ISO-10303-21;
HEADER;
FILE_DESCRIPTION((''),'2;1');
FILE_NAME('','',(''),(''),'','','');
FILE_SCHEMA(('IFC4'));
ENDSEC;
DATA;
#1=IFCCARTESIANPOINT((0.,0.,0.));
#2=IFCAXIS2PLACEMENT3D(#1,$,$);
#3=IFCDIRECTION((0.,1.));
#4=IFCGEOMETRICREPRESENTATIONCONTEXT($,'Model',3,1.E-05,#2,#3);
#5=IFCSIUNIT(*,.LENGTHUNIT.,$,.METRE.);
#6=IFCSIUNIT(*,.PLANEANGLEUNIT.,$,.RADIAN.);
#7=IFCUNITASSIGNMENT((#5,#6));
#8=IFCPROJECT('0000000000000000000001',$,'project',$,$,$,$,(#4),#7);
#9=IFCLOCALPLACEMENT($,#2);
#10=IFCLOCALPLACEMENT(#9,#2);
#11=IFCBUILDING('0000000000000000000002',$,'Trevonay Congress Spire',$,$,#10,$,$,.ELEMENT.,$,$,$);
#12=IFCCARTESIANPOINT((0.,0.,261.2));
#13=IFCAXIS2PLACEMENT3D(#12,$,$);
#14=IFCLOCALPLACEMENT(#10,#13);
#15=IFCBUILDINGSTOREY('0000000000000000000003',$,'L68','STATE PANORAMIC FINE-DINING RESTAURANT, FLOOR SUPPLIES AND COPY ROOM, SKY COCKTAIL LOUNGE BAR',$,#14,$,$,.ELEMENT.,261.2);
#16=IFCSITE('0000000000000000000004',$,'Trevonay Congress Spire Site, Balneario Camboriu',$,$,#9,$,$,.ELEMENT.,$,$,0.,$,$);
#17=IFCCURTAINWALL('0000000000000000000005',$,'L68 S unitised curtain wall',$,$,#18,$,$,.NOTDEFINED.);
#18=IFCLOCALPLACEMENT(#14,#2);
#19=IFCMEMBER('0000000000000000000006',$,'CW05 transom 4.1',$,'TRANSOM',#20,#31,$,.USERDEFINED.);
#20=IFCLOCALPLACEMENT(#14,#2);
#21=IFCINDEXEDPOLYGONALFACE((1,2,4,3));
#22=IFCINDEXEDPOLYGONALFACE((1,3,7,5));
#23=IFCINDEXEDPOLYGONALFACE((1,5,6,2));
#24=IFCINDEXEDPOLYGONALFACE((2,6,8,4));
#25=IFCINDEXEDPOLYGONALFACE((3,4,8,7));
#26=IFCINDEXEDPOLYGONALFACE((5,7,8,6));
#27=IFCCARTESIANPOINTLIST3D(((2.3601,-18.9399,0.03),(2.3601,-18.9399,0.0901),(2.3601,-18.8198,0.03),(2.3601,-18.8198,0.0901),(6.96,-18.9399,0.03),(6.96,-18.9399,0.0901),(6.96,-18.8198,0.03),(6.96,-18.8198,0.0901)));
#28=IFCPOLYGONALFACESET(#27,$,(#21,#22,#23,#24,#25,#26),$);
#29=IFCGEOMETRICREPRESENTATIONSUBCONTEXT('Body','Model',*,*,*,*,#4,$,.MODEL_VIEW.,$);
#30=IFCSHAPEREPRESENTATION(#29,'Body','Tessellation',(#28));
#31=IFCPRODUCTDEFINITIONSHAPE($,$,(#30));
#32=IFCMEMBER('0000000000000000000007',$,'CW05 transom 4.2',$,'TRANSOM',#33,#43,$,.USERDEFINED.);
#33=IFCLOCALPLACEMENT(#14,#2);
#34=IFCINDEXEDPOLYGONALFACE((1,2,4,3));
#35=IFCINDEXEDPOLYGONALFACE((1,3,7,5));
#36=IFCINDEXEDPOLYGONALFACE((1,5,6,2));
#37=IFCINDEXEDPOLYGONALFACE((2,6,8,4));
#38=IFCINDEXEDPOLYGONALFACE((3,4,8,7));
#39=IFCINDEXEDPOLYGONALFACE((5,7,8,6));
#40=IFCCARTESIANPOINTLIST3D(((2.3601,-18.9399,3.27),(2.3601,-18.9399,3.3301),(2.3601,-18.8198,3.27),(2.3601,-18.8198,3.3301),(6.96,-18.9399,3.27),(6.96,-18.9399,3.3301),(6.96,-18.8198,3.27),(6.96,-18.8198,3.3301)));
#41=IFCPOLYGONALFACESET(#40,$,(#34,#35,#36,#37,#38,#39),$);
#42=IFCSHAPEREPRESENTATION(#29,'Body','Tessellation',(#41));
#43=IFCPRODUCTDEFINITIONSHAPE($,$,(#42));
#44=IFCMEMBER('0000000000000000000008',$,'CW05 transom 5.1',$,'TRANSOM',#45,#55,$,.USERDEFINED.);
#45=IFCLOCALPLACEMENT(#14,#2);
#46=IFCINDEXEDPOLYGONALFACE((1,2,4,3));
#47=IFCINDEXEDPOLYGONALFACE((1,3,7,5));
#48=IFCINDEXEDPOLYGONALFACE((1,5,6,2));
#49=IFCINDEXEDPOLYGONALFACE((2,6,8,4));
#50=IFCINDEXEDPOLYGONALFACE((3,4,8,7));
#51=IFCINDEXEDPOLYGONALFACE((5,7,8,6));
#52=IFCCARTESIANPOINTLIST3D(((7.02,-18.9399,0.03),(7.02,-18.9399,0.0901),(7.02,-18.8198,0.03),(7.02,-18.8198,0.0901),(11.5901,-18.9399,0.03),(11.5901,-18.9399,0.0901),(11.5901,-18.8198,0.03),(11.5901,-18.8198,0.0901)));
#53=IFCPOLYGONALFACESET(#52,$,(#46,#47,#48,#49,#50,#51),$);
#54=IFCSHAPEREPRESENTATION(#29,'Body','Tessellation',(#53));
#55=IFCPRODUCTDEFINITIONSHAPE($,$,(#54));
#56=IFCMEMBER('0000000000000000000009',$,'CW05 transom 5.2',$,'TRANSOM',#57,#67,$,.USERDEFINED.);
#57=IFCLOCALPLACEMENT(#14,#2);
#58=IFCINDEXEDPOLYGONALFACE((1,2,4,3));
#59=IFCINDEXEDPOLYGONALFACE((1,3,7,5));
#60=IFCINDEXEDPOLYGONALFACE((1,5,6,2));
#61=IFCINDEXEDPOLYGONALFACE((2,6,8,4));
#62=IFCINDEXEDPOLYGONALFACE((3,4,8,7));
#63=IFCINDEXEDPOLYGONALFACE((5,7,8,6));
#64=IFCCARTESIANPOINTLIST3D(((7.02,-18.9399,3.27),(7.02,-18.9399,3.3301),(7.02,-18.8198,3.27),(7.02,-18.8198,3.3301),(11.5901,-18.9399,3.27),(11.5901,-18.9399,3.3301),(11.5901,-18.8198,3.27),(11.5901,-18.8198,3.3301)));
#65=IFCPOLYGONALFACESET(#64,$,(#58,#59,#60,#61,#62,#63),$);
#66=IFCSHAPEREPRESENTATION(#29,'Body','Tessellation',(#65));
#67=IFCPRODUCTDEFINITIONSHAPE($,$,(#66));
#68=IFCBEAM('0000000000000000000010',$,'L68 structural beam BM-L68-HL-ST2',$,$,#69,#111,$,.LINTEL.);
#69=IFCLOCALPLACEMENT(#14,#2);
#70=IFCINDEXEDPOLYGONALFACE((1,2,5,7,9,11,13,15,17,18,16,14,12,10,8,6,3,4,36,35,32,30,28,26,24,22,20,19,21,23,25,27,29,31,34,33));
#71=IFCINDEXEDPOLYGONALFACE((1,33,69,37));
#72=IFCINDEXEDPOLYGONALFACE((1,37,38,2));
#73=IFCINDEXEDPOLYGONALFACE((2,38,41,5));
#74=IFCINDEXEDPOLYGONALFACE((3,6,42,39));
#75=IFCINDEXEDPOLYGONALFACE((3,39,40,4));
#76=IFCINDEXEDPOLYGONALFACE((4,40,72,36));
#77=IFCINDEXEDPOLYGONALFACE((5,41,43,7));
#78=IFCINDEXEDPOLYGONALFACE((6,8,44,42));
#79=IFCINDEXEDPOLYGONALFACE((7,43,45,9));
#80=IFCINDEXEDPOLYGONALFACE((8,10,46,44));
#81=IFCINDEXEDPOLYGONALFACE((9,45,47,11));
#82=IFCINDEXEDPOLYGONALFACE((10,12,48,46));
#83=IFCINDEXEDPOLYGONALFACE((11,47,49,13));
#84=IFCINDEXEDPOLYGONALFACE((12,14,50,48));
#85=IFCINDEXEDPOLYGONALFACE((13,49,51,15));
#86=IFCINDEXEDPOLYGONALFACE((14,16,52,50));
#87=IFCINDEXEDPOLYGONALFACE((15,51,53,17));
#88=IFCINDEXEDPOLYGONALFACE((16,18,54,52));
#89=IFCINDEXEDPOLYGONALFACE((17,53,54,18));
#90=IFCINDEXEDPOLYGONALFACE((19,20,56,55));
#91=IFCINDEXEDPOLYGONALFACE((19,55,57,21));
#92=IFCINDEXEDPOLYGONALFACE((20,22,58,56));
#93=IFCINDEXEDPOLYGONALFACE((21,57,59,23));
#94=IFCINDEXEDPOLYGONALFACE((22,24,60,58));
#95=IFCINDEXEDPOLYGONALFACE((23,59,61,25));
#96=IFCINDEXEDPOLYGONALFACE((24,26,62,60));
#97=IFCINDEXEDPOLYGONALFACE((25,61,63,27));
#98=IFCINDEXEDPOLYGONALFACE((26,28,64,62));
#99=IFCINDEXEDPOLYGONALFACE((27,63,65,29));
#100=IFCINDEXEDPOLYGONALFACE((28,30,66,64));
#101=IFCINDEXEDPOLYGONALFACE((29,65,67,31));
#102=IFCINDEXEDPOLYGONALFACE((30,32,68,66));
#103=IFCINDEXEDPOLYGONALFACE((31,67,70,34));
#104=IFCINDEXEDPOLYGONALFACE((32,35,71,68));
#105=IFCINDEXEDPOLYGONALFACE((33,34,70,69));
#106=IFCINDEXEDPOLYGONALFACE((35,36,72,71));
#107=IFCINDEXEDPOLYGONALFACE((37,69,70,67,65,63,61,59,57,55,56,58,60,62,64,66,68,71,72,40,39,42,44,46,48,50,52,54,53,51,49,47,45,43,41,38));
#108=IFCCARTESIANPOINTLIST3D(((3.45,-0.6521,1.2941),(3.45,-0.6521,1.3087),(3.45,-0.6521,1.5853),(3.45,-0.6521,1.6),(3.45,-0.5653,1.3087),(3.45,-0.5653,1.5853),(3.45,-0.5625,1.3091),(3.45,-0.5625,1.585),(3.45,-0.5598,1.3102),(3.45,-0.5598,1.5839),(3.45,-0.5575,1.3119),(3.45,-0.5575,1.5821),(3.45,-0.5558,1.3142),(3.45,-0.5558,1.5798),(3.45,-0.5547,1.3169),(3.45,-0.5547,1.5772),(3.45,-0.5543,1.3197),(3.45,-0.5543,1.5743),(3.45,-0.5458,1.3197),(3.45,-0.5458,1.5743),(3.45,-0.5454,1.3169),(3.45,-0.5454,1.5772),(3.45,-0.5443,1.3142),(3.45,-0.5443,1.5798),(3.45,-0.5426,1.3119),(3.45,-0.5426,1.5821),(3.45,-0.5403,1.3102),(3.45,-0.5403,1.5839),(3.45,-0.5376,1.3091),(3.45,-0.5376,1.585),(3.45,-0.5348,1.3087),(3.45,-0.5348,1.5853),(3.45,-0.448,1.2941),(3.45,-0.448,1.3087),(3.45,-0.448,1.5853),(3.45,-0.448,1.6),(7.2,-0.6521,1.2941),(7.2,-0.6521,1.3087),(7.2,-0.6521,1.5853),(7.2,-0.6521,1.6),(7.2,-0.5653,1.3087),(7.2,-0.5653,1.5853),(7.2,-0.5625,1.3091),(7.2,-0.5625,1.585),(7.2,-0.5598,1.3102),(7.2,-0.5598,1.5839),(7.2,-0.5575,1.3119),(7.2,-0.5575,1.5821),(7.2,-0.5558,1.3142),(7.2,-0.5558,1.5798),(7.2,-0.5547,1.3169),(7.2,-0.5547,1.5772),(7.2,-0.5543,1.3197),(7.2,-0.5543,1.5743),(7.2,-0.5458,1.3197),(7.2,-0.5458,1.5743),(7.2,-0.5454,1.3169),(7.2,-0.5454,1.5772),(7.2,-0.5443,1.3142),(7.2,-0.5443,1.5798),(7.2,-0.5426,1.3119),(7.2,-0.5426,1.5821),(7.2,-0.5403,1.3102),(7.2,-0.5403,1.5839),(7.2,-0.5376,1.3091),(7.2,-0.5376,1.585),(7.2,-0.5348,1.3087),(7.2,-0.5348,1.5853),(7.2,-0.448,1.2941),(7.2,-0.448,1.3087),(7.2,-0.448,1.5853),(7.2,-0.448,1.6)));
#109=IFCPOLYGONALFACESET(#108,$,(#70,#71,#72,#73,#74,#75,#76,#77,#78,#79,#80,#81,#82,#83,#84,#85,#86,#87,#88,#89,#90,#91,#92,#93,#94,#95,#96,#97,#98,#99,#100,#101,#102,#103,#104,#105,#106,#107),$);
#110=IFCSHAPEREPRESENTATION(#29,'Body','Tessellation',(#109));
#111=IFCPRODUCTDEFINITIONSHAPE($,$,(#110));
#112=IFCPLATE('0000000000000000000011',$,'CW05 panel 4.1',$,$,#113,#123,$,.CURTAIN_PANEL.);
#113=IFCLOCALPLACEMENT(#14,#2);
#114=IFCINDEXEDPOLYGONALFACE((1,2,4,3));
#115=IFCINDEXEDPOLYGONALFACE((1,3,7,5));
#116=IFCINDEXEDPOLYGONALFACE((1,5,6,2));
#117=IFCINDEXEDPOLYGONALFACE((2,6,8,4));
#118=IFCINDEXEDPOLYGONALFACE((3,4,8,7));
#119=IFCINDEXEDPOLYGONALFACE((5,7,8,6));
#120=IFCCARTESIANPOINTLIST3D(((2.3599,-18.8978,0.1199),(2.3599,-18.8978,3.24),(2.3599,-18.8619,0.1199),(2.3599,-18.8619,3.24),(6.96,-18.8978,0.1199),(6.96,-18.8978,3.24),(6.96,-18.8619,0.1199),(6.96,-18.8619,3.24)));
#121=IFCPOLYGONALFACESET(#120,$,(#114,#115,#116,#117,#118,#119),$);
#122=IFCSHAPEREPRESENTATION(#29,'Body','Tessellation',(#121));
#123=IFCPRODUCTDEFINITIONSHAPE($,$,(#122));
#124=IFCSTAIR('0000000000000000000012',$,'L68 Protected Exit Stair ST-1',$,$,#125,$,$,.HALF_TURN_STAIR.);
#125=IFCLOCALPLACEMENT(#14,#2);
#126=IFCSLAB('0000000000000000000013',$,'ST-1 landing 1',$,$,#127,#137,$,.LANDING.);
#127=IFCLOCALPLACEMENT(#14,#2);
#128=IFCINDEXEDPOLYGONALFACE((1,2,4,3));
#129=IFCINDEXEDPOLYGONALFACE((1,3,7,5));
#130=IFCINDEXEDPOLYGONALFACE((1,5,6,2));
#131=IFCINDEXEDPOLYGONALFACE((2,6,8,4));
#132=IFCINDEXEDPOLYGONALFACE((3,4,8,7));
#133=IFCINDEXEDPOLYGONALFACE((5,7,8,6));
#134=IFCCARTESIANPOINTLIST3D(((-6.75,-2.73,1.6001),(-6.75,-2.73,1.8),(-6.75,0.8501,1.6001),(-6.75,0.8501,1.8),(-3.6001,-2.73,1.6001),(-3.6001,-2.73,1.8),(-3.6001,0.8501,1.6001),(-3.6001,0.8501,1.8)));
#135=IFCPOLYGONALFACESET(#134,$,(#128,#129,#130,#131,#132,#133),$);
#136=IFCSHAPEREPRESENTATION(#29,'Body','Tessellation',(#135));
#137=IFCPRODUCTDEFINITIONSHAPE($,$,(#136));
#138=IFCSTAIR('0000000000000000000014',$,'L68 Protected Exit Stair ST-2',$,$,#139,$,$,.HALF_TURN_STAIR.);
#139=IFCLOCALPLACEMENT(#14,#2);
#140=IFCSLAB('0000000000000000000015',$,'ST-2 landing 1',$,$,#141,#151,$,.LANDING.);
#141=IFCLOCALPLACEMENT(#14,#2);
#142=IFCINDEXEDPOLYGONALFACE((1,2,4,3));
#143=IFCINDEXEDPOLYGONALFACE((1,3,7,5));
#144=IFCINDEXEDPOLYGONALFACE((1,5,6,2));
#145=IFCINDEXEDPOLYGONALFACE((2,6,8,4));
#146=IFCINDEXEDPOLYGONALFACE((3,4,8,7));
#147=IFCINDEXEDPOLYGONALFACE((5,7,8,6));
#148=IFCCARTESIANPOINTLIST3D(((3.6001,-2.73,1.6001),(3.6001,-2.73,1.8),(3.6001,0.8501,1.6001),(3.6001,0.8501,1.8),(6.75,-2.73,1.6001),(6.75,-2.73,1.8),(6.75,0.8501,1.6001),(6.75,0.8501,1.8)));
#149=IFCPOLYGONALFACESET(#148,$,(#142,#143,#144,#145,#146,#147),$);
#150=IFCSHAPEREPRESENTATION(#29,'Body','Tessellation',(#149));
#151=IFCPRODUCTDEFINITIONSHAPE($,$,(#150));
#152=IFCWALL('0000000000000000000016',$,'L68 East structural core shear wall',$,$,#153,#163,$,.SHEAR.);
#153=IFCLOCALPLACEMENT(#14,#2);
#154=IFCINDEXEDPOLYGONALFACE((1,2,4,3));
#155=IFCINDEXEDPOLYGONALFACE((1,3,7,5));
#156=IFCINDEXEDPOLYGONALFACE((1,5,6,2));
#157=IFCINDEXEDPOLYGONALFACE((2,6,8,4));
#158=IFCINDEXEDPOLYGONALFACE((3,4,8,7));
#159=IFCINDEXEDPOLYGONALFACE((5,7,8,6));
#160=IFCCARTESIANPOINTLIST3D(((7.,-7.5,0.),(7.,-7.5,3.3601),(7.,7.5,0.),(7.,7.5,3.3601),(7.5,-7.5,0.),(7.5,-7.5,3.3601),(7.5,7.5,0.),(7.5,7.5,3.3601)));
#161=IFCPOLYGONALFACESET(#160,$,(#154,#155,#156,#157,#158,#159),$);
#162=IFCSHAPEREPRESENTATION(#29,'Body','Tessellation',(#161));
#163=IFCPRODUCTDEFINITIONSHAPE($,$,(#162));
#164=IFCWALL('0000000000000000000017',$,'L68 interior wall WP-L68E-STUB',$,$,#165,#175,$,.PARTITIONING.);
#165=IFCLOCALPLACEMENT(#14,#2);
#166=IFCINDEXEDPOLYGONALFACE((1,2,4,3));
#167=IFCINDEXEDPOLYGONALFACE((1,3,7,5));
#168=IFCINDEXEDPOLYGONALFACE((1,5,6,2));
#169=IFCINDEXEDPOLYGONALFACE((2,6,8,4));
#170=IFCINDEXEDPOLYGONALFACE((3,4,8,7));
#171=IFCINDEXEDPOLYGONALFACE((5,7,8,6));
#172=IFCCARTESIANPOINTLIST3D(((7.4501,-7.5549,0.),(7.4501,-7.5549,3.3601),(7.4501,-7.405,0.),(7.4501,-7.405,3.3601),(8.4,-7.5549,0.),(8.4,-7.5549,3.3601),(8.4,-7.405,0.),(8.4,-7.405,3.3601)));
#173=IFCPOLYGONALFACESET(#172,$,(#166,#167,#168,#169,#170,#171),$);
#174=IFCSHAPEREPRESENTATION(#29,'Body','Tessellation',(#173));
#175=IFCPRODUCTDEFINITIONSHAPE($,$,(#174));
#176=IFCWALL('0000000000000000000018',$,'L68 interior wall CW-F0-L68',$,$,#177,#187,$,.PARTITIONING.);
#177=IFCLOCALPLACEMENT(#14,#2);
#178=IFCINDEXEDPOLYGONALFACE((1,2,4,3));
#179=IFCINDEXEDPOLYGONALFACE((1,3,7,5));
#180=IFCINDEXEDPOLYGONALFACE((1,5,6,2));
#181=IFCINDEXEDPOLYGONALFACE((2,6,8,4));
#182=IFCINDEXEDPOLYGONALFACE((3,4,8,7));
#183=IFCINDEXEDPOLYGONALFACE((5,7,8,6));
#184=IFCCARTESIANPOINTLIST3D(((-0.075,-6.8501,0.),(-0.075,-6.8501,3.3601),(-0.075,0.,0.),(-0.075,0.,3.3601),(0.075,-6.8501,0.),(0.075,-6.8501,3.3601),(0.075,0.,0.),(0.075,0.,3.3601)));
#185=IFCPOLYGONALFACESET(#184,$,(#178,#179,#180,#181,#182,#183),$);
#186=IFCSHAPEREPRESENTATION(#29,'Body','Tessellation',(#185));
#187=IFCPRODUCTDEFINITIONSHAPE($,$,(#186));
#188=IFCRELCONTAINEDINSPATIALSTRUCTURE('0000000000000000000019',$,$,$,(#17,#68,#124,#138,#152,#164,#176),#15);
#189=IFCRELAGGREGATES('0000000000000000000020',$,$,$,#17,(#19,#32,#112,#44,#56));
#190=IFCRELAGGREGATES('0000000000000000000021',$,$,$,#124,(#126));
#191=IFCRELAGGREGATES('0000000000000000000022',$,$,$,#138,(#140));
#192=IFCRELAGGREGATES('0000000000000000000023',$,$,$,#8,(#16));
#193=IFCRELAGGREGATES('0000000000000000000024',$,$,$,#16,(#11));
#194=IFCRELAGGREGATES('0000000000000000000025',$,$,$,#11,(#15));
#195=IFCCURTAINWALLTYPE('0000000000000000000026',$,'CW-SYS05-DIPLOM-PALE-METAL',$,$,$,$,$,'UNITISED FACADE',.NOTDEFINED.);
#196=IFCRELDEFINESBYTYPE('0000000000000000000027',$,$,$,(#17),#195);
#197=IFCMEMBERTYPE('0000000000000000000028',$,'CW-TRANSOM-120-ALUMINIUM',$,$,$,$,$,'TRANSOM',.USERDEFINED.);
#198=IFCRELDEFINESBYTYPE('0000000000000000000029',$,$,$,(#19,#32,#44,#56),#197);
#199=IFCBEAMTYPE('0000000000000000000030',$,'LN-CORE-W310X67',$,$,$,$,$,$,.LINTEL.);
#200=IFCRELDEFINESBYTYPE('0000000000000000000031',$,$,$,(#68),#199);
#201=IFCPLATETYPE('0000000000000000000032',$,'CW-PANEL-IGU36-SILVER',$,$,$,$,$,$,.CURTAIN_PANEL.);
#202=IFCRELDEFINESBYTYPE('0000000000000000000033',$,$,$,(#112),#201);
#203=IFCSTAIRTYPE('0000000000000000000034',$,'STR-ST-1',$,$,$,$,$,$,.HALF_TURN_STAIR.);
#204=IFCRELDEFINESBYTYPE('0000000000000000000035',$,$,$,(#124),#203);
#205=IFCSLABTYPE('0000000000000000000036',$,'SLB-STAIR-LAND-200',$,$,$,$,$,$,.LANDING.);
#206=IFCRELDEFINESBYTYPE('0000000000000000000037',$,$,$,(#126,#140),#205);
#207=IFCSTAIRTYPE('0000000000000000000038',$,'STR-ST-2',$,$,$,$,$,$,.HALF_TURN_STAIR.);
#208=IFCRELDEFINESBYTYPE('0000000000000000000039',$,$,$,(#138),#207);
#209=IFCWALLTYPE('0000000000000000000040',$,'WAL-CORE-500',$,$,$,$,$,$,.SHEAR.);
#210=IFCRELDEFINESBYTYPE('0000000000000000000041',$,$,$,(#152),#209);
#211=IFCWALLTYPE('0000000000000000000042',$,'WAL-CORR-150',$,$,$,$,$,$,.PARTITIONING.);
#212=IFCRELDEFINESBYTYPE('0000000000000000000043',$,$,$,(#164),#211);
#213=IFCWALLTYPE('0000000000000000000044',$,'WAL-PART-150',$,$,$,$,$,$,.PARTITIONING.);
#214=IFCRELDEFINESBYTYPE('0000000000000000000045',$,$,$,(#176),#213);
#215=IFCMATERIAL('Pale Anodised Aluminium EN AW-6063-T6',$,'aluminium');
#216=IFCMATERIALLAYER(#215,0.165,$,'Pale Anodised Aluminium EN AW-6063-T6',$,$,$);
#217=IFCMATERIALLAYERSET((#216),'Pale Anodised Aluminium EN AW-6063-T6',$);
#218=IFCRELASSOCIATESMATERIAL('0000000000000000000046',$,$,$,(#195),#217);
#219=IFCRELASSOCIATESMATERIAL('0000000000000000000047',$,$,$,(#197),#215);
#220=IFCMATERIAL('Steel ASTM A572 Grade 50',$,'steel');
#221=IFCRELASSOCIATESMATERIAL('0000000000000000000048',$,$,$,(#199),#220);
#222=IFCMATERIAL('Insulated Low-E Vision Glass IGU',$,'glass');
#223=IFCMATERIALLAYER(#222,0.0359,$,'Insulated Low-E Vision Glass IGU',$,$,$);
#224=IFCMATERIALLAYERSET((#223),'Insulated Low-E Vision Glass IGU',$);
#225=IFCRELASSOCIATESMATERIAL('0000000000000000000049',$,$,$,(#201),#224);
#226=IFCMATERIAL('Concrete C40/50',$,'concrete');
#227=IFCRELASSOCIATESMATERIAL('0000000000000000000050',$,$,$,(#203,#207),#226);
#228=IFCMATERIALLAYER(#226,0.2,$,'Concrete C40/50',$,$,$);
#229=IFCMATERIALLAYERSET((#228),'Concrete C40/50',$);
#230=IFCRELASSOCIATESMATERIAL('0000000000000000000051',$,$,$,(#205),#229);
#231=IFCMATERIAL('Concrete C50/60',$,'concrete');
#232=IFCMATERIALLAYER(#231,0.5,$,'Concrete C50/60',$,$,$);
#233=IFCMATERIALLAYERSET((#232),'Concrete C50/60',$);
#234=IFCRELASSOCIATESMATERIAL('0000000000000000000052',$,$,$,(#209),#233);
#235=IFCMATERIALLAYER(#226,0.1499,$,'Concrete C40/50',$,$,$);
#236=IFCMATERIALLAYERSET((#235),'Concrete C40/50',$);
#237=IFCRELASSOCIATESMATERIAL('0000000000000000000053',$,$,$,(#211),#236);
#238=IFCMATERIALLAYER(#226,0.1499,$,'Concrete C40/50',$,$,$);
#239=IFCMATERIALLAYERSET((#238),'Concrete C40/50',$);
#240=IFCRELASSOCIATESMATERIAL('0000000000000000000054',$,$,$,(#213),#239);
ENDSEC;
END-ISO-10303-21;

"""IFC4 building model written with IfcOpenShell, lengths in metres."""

from ifc_helpers import new_model, si_unit, direction, frame, frame_2d, origin, origin_2d, place, context, subcontext, project, spatial, polyline, rectangle, i_section, outline, extrude, material, layer, layer_set, material_profile, profile_set, type_object, element, aggregate, save


model = new_model("IFC4")

# Units and contexts
model_context = context("Model", 3, precision=1e-05, world=origin(), true_north=direction((0.0, 1.0)))
body_context = subcontext(model_context, "Body", "Model", "MODEL_VIEW")
ifc_project = project(units=[si_unit("LENGTHUNIT", "METRE"), si_unit("PLANEANGLEUNIT", "RADIAN")], contexts=[model_context])

# Site, building, storey
site_placement = place(None, origin())
site = spatial("IfcSite", under=ifc_project, at=site_placement, Name="Trevonay Congress Spire Site, Balneario Camboriu", CompositionType="ELEMENT", RefElevation=0.0)
building_placement = place(site_placement, origin())
building = spatial("IfcBuilding", under=site, at=building_placement, Name="Trevonay Congress Spire", CompositionType="ELEMENT")
storey_placement = place(building_placement, frame((0.0, 0.0, 261.2)))
storey = spatial("IfcBuildingStorey", under=building, at=storey_placement, Name="L68", Description="STATE PANORAMIC FINE-DINING RESTAURANT, FLOOR SUPPLIES AND COPY ROOM, SKY COCKTAIL LOUNGE BAR", CompositionType="ELEMENT", Elevation=261.2)

# Shared definitions
ifc_material_1 = material(Name="Steel ASTM A572 Grade 50", Category="steel")

# Curtain wall, members
ifc_material_2 = material(Name="Pale Anodised Aluminium EN AW-6063-T6", Category="aluminium")
ifc_layer_1 = layer(ifc_material_2, 0.165, Name="Pale Anodised Aluminium EN AW-6063-T6")
ifc_layer_set_1 = layer_set([ifc_layer_1], Name="Pale Anodised Aluminium EN AW-6063-T6")
curtain_wall_type = type_object("IfcCurtainWallType", Name="CW-SYS05-DIPLOM-PALE-METAL", ElementType="UNITISED FACADE", PredefinedType="NOTDEFINED", material=ifc_layer_set_1)
curtain_wall_placement = place(storey_placement, origin())
curtain_wall = element("IfcCurtainWall", 1, at=curtain_wall_placement, inside=storey, type_object=curtain_wall_type, Name="L68 S unitised curtain wall", PredefinedType="NOTDEFINED")
ifc_material_profile_1 = material_profile(ifc_material_2, rectangle(XDim=0.1201, YDim=0.0601, at=origin_2d()), Name="CW-TRANSOM-120-ALUMINIUM")
ifc_profile_set_1 = profile_set([ifc_material_profile_1], Name="Pale Anodised Aluminium EN AW-6063-T6")
member_type_1 = type_object("IfcMemberType", Name="CW-TRANSOM-120-ALUMINIUM", ElementType="TRANSOM", PredefinedType="USERDEFINED", material=ifc_profile_set_1)
member_1_placement = place(storey_placement, frame((2.3601, -18.8799, 0.0601), z_axis=(1.0, 0.0, 0.0), x_axis=(0.0, 1.0, 0.0)))
member_1 = element("IfcMember", 2, at=member_1_placement, type_object=member_type_1, Name="CW05 transom 4.1", ObjectType="TRANSOM", PredefinedType="USERDEFINED", context=body_context, shape_type="SweptSolid", body=[
    extrude(rectangle(XDim=0.1201, YDim=0.0601, at=origin_2d()), origin(), (0.0, 0.0, 1.0), 4.5999),
])
member_2_placement = place(storey_placement, frame((2.3601, -18.8799, 3.3), z_axis=(1.0, 0.0, 0.0), x_axis=(0.0, 1.0, 0.0)))
member_2 = element("IfcMember", 3, at=member_2_placement, type_object=member_type_1, Name="CW05 transom 4.2", ObjectType="TRANSOM", PredefinedType="USERDEFINED", context=body_context, shape_type="SweptSolid", body=[
    extrude(rectangle(XDim=0.1201, YDim=0.0601, at=origin_2d()), origin(), (0.0, 0.0, 1.0), 4.5999),
])
member_3_placement = place(storey_placement, frame((7.02, -18.8799, 0.0601), z_axis=(1.0, 0.0, 0.0), x_axis=(0.0, 1.0, 0.0)))
member_3 = element("IfcMember", 4, at=member_3_placement, type_object=member_type_1, Name="CW05 transom 5.1", ObjectType="TRANSOM", PredefinedType="USERDEFINED", context=body_context, shape_type="SweptSolid", body=[
    extrude(rectangle(XDim=0.1201, YDim=0.0601, at=origin_2d()), origin(), (0.0, 0.0, 1.0), 4.5701),
])
member_4_placement = place(storey_placement, frame((7.02, -18.8799, 3.3), z_axis=(1.0, 0.0, 0.0), x_axis=(0.0, 1.0, 0.0)))
member_4 = element("IfcMember", 5, at=member_4_placement, type_object=member_type_1, Name="CW05 transom 5.2", ObjectType="TRANSOM", PredefinedType="USERDEFINED", context=body_context, shape_type="SweptSolid", body=[
    extrude(rectangle(XDim=0.1201, YDim=0.0601, at=origin_2d()), origin(), (0.0, 0.0, 1.0), 4.5701),
])

# Beam
ifc_material_profile_2 = material_profile(ifc_material_1, i_section(OverallWidth=0.2041, OverallDepth=0.3059, WebThickness=0.0085, FlangeThickness=0.0146, FilletRadius=0.011, at=origin_2d()), Name="W310x67")
ifc_profile_set_2 = profile_set([ifc_material_profile_2], Name="Steel ASTM A572 Grade 50")
beam_type_1 = type_object("IfcBeamType", Name="LN-CORE-W310X67", PredefinedType="LINTEL", material=ifc_profile_set_2)
beam_1_placement = place(storey_placement, frame((3.45, -0.55, 1.447), z_axis=(1.0, 0.0, 0.0), x_axis=(0.0, 1.0, 0.0)))
element("IfcBeam", 6, at=beam_1_placement, inside=storey, type_object=beam_type_1, Name="L68 structural beam BM-L68-HL-ST2", PredefinedType="LINTEL", context=body_context, shape_type="SweptSolid", body=[
    extrude(i_section(OverallWidth=0.2041, OverallDepth=0.3059, WebThickness=0.0085, FlangeThickness=0.0146, FilletRadius=0.011, at=origin_2d()), origin(), (0.0, 0.0, 1.0), 3.75),
])

# Plate
ifc_material_3 = material(Name="Insulated Low-E Vision Glass IGU", Category="glass")
ifc_layer_2 = layer(ifc_material_3, 0.0359, Name="Insulated Low-E Vision Glass IGU")
ifc_layer_set_2 = layer_set([ifc_layer_2], Name="Insulated Low-E Vision Glass IGU")
plate_type = type_object("IfcPlateType", Name="CW-PANEL-IGU36-SILVER", PredefinedType="CURTAIN_PANEL", material=ifc_layer_set_2)
plate_placement = place(storey_placement, frame((4.6599, -18.8799, 0.1199), z_axis=(0.0, 0.0, 1.0), x_axis=(1.0, 0.0, 0.0)))
plate = element("IfcPlate", 7, at=plate_placement, type_object=plate_type, Name="CW05 panel 4.1", PredefinedType="CURTAIN_PANEL", context=body_context, shape_type="SweptSolid", body=[
    extrude(rectangle(XDim=4.6001, YDim=0.0359, at=origin_2d()), origin(), (0.0, 0.0, 1.0), 3.1201),
])
aggregate(curtain_wall, [member_1, member_2, plate, member_3, member_4])

# Stairs, slabs
ifc_material_4 = material(Name="Concrete C40/50", Category="concrete")
stair_type_1 = type_object("IfcStairType", Name="STR-ST-1", PredefinedType="HALF_TURN_STAIR", material=ifc_material_4)
stair_1_placement = place(storey_placement, origin())
stair_1 = element("IfcStair", 8, at=stair_1_placement, inside=storey, type_object=stair_type_1, Name="L68 Protected Exit Stair ST-1", PredefinedType="HALF_TURN_STAIR")
ifc_layer_3 = layer(ifc_material_4, 0.2, Name="Concrete C40/50")
ifc_layer_set_3 = layer_set([ifc_layer_3], Name="Concrete C40/50")
slab_type = type_object("IfcSlabType", Name="SLB-STAIR-LAND-200", PredefinedType="LANDING", material=ifc_layer_set_3)
slab_1_placement = place(storey_placement, frame((0.0, 0.0, 1.6001)))
slab_1 = element("IfcSlab", 9, at=slab_1_placement, type_object=slab_type, Name="ST-1 landing 1", PredefinedType="LANDING", context=body_context, shape_type="SweptSolid", body=[
    extrude(outline(polyline([(-3.6001, -2.73), (-3.6001, 0.8501), (-6.75, 0.8501), (-6.75, -2.73), (-3.6001, -2.73)])), origin(), (0.0, 0.0, 1.0), 0.2),
])
aggregate(stair_1, [slab_1])
stair_type_2 = type_object("IfcStairType", Name="STR-ST-2", PredefinedType="HALF_TURN_STAIR", material=ifc_material_4)
stair_2_placement = place(storey_placement, origin())
stair_2 = element("IfcStair", 10, at=stair_2_placement, inside=storey, type_object=stair_type_2, Name="L68 Protected Exit Stair ST-2", PredefinedType="HALF_TURN_STAIR")
slab_2_placement = place(storey_placement, frame((0.0, 0.0, 1.6001)))
slab_2 = element("IfcSlab", 11, at=slab_2_placement, type_object=slab_type, Name="ST-2 landing 1", PredefinedType="LANDING", context=body_context, shape_type="SweptSolid", body=[
    extrude(outline(polyline([(6.75, -2.73), (6.75, 0.8501), (3.6001, 0.8501), (3.6001, -2.73), (6.75, -2.73)])), origin(), (0.0, 0.0, 1.0), 0.2),
])

# Walls
ifc_material_5 = material(Name="Concrete C50/60", Category="concrete")
ifc_layer_4 = layer(ifc_material_5, 0.5, Name="Concrete C50/60")
ifc_layer_set_4 = layer_set([ifc_layer_4], Name="Concrete C50/60")
wall_type_1 = type_object("IfcWallType", Name="WAL-CORE-500", PredefinedType="SHEAR", material=ifc_layer_set_4)
wall_1_placement = place(storey_placement, frame((7.25, -7.5, 0.0), z_axis=(0.0, 0.0, 1.0), x_axis=(0.0, 1.0, 0.0)))
element("IfcWall", 12, at=wall_1_placement, inside=storey, type_object=wall_type_1, Name="L68 East structural core shear wall", PredefinedType="SHEAR", context=body_context, shape_type="SweptSolid", body=[
    extrude(rectangle(XDim=15.0, YDim=0.5, at=frame_2d((7.5, 0.0))), origin(), (0.0, 0.0, 1.0), 3.3601),
])
ifc_layer_5 = layer(ifc_material_4, 0.1499, Name="Concrete C40/50")
ifc_layer_set_5 = layer_set([ifc_layer_5], Name="Concrete C40/50")
wall_type_2 = type_object("IfcWallType", Name="WAL-CORR-150", PredefinedType="PARTITIONING", material=ifc_layer_set_5)
wall_2_placement = place(storey_placement, frame((7.45, -7.48, 0.0), z_axis=(0.0, 0.0, 1.0), x_axis=(1.0, 0.0, 0.0)))
element("IfcWall", 13, at=wall_2_placement, inside=storey, type_object=wall_type_2, Name="L68 interior wall WP-L68E-STUB", PredefinedType="PARTITIONING", context=body_context, shape_type="SweptSolid", body=[
    extrude(rectangle(XDim=0.95, YDim=0.1499, at=frame_2d((0.4751, 0.0))), origin(), (0.0, 0.0, 1.0), 3.3601),
])
ifc_layer_6 = layer(ifc_material_4, 0.1499, Name="Concrete C40/50")
ifc_layer_set_6 = layer_set([ifc_layer_6], Name="Concrete C40/50")
wall_type_3 = type_object("IfcWallType", Name="WAL-PART-150", PredefinedType="PARTITIONING", material=ifc_layer_set_6)
wall_3_placement = place(storey_placement, frame((0.0, -6.8501, 0.0), z_axis=(0.0, 0.0, 1.0), x_axis=(0.0, 1.0, 0.0)))
element("IfcWall", 14, at=wall_3_placement, inside=storey, type_object=wall_type_3, Name="L68 interior wall CW-F0-L68", PredefinedType="PARTITIONING", context=body_context, shape_type="SweptSolid", body=[
    extrude(rectangle(XDim=6.8501, YDim=0.1499, at=frame_2d((3.425, 0.0))), origin(), (0.0, 0.0, 1.0), 3.3601),
])

aggregate(stair_2, [slab_2])

save(model, "model.ifc")
